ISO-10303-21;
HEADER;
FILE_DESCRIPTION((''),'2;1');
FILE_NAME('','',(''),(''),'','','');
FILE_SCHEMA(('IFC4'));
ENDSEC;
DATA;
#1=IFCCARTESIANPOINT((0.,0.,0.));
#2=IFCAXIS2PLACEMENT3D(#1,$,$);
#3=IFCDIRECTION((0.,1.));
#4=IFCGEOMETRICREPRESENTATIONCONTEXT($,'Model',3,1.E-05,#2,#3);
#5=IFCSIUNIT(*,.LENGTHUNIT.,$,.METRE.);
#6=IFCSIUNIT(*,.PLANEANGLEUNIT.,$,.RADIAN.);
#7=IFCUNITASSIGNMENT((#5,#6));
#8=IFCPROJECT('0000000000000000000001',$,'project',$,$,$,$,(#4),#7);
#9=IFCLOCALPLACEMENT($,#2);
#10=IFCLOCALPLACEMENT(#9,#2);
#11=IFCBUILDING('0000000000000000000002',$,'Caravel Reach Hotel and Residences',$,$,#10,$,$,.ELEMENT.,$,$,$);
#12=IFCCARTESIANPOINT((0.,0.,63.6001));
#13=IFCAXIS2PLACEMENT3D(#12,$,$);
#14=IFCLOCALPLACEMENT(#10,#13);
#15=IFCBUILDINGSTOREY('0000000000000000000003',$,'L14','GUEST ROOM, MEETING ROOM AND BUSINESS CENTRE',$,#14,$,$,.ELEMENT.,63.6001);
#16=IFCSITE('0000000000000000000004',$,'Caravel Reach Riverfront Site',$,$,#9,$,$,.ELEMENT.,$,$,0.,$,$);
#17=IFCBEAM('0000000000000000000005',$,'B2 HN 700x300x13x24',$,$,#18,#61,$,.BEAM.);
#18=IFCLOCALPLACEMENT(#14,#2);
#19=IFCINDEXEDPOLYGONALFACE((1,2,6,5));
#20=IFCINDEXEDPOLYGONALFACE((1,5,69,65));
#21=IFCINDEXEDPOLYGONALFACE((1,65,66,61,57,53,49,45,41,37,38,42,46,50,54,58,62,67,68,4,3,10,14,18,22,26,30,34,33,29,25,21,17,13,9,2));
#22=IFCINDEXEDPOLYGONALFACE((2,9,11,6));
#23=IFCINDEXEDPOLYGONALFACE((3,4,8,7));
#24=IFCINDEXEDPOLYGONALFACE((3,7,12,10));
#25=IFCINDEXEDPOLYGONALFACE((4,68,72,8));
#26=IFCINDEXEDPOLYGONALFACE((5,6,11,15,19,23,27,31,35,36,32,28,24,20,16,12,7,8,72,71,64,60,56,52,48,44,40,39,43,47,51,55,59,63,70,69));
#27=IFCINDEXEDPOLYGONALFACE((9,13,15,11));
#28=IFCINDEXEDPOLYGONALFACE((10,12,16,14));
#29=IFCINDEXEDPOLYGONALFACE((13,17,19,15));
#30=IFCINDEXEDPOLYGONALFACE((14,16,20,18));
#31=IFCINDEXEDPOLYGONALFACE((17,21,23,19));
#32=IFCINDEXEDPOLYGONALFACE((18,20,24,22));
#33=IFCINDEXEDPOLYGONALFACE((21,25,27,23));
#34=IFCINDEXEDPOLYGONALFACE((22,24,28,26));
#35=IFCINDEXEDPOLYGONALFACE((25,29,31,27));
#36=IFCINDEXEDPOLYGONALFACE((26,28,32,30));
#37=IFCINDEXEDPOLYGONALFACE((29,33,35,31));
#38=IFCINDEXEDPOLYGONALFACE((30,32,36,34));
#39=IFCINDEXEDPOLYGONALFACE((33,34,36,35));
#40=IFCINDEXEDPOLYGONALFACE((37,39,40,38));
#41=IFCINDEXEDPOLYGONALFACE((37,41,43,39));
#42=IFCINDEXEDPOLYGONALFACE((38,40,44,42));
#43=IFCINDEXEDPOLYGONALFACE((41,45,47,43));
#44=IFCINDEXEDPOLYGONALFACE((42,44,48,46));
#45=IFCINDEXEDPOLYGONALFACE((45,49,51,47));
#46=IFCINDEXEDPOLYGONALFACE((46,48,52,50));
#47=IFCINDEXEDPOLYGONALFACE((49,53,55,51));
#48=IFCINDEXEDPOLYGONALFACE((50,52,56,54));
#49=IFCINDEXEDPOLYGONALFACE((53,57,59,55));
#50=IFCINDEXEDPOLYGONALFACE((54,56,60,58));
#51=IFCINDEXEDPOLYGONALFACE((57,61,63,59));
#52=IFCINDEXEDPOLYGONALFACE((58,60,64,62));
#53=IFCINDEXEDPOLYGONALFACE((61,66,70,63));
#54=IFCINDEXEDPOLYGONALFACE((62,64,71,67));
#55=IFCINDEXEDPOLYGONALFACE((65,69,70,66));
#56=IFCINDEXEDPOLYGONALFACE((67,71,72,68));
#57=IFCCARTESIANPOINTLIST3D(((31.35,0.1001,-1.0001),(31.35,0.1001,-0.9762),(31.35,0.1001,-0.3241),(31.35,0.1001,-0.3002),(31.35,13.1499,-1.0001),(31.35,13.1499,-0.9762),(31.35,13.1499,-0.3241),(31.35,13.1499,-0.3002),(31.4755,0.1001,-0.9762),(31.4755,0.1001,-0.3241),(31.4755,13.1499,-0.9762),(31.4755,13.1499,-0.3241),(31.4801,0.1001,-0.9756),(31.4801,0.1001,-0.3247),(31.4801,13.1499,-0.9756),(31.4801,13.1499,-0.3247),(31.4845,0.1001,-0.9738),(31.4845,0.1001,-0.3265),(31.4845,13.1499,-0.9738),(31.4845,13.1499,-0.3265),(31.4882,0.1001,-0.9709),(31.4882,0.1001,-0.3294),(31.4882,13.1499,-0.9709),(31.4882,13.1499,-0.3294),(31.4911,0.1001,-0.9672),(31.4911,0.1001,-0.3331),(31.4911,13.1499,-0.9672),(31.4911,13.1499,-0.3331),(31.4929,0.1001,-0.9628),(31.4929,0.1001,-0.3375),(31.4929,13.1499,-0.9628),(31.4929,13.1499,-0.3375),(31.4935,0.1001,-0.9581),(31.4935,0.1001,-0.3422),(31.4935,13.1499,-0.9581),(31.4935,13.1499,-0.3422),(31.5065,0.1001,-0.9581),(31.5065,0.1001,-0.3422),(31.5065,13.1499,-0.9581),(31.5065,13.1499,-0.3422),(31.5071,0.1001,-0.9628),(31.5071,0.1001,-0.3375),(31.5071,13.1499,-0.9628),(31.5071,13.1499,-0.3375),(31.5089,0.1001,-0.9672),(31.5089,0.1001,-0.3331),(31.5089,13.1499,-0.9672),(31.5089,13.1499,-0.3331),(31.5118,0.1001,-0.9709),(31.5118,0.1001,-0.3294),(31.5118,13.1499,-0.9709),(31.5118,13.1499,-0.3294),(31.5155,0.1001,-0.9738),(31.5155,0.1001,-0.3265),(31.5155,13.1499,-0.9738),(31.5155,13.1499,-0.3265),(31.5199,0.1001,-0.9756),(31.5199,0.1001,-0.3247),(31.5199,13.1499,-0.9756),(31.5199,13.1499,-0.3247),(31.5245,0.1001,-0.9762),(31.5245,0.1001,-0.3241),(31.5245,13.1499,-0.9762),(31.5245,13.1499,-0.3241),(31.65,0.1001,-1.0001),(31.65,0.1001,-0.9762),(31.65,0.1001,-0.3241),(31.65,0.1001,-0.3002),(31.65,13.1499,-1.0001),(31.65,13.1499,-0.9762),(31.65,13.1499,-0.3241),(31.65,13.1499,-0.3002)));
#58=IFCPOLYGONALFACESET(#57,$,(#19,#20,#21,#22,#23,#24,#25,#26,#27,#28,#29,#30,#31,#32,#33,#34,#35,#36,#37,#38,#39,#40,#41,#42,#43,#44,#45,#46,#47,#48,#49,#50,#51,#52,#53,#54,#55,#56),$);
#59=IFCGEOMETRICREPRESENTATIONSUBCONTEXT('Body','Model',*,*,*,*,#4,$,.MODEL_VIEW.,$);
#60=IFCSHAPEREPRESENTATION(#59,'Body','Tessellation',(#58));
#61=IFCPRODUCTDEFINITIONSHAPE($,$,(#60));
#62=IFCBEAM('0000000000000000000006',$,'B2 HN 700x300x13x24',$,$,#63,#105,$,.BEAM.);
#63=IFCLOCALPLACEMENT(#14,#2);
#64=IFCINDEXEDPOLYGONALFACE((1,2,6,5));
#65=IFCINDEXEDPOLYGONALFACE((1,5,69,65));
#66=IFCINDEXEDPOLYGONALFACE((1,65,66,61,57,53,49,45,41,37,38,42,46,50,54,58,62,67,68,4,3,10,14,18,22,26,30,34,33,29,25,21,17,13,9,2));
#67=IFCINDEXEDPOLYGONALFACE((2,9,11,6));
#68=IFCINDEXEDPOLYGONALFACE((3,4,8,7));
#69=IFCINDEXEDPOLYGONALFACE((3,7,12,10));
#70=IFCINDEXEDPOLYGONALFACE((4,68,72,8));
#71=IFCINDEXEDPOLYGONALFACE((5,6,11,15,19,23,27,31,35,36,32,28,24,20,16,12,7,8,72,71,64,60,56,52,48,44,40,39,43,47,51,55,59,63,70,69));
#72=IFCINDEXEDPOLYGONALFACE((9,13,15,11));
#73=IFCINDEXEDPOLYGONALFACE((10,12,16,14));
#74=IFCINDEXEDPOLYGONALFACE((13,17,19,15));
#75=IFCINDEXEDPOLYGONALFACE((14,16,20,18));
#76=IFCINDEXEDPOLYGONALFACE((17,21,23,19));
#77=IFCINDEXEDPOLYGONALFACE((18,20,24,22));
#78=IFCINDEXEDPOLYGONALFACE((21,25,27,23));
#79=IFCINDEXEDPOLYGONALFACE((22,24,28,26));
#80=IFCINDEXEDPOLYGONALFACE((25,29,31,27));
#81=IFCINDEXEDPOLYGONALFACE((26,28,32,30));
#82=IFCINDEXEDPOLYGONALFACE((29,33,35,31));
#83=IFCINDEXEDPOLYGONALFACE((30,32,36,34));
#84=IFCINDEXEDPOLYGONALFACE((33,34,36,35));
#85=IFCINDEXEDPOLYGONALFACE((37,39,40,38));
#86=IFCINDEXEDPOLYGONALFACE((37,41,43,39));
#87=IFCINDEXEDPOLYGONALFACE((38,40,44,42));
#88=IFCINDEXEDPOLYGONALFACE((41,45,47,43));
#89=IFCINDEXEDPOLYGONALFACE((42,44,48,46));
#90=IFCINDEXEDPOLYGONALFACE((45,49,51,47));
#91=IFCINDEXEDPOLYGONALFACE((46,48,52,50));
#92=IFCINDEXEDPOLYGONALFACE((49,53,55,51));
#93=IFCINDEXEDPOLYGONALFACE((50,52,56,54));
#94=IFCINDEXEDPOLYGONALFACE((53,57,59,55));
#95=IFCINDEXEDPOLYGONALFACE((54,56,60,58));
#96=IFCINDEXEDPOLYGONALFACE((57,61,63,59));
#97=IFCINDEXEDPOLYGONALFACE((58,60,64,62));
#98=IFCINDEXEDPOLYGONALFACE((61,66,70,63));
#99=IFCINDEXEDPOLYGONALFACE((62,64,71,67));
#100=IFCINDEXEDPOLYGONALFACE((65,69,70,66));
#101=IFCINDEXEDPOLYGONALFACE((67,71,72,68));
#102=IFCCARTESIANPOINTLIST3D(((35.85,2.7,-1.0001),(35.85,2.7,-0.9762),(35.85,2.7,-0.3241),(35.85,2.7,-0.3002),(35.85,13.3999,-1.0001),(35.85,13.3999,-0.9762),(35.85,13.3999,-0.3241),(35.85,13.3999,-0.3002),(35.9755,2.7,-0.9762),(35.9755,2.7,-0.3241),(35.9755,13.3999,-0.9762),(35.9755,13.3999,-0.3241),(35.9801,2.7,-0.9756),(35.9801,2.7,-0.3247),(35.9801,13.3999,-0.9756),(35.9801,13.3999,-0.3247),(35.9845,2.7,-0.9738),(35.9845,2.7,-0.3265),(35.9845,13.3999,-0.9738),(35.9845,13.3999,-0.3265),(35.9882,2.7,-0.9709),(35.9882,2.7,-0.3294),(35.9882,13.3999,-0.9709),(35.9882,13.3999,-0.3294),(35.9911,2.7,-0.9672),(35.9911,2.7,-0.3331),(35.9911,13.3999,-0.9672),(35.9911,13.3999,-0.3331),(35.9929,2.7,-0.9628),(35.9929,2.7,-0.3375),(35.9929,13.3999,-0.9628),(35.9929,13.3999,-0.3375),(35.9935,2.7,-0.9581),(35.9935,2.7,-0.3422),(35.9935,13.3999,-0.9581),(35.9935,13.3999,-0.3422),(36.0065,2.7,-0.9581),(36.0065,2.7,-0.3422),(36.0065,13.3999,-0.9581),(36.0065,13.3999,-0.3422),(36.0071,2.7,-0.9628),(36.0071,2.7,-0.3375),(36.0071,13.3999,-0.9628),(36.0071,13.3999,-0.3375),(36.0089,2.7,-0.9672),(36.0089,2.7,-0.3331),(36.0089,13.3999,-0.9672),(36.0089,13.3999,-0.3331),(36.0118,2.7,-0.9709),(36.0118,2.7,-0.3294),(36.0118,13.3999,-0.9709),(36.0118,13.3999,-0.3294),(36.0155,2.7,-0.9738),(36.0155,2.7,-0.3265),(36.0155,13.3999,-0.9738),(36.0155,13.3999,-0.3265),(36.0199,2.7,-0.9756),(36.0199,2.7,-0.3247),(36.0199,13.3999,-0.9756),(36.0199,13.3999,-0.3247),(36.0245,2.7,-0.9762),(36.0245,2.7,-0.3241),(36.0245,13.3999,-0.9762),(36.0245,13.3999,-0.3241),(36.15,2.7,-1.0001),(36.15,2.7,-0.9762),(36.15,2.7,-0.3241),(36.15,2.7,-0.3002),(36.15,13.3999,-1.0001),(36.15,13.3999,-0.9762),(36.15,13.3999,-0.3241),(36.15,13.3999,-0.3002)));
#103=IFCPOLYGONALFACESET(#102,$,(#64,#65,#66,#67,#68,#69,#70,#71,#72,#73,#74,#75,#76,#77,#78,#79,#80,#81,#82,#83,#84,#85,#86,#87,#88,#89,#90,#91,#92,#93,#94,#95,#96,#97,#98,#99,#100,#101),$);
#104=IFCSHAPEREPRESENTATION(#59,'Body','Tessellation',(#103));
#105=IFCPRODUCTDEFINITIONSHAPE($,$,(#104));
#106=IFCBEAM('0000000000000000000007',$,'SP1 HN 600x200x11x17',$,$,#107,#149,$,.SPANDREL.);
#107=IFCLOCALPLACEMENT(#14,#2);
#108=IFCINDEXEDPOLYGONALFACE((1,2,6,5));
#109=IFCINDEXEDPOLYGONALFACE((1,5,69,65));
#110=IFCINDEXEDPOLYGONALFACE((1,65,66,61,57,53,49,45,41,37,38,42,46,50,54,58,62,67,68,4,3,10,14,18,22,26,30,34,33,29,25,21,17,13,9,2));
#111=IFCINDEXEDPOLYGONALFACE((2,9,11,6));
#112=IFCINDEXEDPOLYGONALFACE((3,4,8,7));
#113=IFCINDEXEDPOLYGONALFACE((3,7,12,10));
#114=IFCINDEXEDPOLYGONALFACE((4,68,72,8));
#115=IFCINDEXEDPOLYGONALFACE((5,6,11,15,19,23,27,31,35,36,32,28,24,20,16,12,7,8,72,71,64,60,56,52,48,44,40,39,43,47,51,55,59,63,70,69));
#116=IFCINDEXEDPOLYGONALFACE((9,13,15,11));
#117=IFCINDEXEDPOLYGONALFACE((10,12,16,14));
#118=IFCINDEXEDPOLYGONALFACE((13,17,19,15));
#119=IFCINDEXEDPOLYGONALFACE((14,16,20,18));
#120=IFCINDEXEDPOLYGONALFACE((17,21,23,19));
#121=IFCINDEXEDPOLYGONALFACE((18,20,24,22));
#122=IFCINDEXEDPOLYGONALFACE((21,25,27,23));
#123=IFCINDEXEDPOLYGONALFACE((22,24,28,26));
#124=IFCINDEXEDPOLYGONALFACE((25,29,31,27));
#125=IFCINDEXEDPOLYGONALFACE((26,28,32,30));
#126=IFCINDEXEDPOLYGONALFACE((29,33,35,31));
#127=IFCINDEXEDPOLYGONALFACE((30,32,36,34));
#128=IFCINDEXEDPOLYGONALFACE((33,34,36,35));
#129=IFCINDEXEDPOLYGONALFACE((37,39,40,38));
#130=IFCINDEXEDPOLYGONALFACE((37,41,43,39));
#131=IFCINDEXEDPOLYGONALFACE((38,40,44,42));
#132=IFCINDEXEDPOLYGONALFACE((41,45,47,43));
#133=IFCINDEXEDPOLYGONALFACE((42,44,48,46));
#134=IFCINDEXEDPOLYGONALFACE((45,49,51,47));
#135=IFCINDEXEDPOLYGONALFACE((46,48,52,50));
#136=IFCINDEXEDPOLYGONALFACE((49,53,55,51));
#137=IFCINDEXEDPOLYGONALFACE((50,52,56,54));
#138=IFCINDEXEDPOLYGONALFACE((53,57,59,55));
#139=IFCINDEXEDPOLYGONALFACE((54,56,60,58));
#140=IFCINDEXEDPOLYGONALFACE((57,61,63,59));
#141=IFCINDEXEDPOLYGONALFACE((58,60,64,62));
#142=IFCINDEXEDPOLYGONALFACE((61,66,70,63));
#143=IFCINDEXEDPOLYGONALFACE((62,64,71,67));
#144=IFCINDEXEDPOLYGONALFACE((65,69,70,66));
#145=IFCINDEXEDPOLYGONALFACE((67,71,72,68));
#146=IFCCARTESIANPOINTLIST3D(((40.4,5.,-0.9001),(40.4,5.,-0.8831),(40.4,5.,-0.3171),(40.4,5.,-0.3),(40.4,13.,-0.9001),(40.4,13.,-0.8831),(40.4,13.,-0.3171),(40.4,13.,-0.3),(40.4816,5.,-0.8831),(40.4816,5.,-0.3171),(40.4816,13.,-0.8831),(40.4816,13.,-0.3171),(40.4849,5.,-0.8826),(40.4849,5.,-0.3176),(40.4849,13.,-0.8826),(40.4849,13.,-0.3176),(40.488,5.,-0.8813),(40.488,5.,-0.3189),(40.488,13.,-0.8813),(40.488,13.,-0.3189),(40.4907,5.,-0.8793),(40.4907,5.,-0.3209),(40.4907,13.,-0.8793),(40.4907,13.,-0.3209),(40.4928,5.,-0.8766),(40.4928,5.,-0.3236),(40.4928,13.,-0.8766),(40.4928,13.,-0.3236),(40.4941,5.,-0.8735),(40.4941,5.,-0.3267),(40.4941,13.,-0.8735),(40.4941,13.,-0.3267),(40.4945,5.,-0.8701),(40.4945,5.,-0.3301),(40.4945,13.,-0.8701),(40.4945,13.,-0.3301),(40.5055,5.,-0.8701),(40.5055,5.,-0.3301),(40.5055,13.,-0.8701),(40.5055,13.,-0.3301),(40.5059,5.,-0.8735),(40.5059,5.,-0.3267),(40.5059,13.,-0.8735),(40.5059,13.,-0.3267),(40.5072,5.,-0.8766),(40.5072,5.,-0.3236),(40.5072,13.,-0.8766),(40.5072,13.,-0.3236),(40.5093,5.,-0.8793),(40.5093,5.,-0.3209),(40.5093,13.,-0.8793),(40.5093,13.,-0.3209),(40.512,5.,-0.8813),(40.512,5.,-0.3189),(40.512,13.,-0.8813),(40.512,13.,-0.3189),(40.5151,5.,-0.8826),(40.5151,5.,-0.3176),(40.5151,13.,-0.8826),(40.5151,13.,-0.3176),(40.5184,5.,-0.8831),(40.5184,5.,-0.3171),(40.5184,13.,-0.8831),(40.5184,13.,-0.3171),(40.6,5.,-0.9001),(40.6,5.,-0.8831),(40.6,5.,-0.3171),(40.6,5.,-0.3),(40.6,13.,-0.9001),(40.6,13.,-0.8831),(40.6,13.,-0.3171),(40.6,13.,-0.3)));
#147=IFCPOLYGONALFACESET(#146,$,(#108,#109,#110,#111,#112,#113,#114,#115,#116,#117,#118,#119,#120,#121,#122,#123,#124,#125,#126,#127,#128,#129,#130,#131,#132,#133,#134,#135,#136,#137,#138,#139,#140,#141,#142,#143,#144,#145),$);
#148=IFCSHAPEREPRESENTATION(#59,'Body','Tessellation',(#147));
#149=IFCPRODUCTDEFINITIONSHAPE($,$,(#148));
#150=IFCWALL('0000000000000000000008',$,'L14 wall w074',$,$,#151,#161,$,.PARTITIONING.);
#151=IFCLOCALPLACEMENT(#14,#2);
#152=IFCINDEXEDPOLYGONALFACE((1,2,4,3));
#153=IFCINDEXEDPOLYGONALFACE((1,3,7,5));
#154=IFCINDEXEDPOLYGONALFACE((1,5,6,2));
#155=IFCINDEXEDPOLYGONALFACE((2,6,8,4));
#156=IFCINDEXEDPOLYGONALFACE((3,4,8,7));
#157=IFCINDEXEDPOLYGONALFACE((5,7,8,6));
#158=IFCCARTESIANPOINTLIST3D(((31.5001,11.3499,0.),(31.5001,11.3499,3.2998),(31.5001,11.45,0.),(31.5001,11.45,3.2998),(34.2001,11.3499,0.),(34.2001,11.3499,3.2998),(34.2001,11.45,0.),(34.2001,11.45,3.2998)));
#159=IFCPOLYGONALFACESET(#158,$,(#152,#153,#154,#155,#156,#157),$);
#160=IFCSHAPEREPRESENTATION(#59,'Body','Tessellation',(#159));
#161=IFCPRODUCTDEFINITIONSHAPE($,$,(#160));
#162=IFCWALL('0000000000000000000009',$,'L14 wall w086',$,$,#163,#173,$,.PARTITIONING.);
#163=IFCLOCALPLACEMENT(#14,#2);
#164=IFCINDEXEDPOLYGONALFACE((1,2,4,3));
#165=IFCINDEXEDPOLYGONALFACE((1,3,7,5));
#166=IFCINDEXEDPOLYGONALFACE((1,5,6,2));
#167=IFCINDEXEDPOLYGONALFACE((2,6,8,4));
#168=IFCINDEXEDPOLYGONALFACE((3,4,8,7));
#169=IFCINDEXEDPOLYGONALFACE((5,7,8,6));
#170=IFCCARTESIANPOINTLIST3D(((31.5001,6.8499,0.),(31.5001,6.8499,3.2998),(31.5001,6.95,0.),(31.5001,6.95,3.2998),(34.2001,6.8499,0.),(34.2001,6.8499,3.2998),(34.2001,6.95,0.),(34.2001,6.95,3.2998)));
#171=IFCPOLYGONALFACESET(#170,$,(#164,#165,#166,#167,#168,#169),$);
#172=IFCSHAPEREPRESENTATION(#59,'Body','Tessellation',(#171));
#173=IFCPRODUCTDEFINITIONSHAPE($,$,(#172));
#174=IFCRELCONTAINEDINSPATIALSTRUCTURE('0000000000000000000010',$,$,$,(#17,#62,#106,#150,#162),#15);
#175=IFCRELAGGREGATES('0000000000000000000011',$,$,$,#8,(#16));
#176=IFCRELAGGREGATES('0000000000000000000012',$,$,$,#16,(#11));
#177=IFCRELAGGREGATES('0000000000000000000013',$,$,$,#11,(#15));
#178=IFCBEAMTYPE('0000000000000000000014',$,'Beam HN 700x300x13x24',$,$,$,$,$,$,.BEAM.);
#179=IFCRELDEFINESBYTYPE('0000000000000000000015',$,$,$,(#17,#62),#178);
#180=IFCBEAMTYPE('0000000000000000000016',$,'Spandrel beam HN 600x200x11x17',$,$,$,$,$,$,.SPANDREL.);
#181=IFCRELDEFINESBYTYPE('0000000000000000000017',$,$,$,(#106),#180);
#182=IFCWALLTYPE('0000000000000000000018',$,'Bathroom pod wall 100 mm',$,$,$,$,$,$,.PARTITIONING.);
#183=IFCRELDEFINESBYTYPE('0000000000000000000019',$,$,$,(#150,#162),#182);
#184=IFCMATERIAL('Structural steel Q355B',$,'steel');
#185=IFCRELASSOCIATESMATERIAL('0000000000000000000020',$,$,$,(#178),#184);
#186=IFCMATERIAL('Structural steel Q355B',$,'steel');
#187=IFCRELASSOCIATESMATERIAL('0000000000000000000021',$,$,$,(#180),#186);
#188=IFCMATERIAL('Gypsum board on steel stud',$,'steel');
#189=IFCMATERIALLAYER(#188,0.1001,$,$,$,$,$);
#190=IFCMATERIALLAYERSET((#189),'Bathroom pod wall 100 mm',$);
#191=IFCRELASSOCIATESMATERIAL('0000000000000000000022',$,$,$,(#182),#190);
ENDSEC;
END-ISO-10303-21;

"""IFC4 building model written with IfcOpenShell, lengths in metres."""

from ifc_helpers import new_model, si_unit, direction, frame, frame_2d, origin, origin_2d, place, context, subcontext, project, spatial, rectangle, i_section, extrude, material, layer, layer_set, material_profile, profile_set, type_object, element, save


model = new_model("IFC4")

# Units and contexts
model_context = context("Model", 3, precision=1e-05, world=origin(), true_north=direction((0.0, 1.0)))
body_context = subcontext(model_context, "Body", "Model", "MODEL_VIEW")
ifc_project = project(units=[si_unit("LENGTHUNIT", "METRE"), si_unit("PLANEANGLEUNIT", "RADIAN")], contexts=[model_context])

# Site, building, storey
site_placement = place(None, origin())
site = spatial("IfcSite", under=ifc_project, at=site_placement, Name="Caravel Reach Riverfront Site", CompositionType="ELEMENT", RefElevation=0.0)
building_placement = place(site_placement, origin())
building = spatial("IfcBuilding", under=site, at=building_placement, Name="Caravel Reach Hotel and Residences", CompositionType="ELEMENT")
storey_placement = place(building_placement, frame((0.0, 0.0, 63.6001)))
storey = spatial("IfcBuildingStorey", under=building, at=storey_placement, Name="L14", Description="GUEST ROOM, MEETING ROOM AND BUSINESS CENTRE", CompositionType="ELEMENT", Elevation=63.6001)

# Beams
ifc_material_1 = material(Name="Structural steel Q355B", Category="steel")
ifc_material_profile_1 = material_profile(ifc_material_1, i_section(OverallWidth=0.3, OverallDepth=0.7, WebThickness=0.0129, FlangeThickness=0.0239, FilletRadius=0.0181, at=origin_2d()), Name="HN 700x300x13x24")
ifc_profile_set_1 = profile_set([ifc_material_profile_1], Name="Structural steel Q355B")
beam_type_1 = type_object("IfcBeamType", Name="Beam HN 700x300x13x24", PredefinedType="BEAM", material=ifc_profile_set_1)
beam_1_placement = place(storey_placement, frame((31.5, 13.1499, -0.6501), z_axis=(0.0, -1.0, 0.0), x_axis=(1.0, 0.0, 0.0)))
element("IfcBeam", 1, at=beam_1_placement, inside=storey, type_object=beam_type_1, Name="B2 HN 700x300x13x24", PredefinedType="BEAM", context=body_context, shape_type="SweptSolid", body=[
    extrude(i_section(OverallWidth=0.3, OverallDepth=0.7, WebThickness=0.0129, FlangeThickness=0.0239, FilletRadius=0.0181, at=origin_2d()), origin(), (0.0, 0.0, 1.0), 13.0498),
])
beam_2_placement = place(storey_placement, frame((36.0, 13.3999, -0.6501), z_axis=(0.0, -1.0, 0.0), x_axis=(1.0, 0.0, 0.0)))
element("IfcBeam", 2, at=beam_2_placement, inside=storey, type_object=beam_type_1, Name="B2 HN 700x300x13x24", PredefinedType="BEAM", context=body_context, shape_type="SweptSolid", body=[
    extrude(i_section(OverallWidth=0.3, OverallDepth=0.7, WebThickness=0.0129, FlangeThickness=0.0239, FilletRadius=0.0181, at=origin_2d()), origin(), (0.0, 0.0, 1.0), 10.7),
])
ifc_material_2 = material(Name="Structural steel Q355B", Category="steel")
ifc_material_profile_2 = material_profile(ifc_material_2, i_section(OverallWidth=0.2, OverallDepth=0.6001, WebThickness=0.011, FlangeThickness=0.0171, FilletRadius=0.0129, at=origin_2d()), Name="HN 600x200x11x17")
ifc_profile_set_2 = profile_set([ifc_material_profile_2], Name="Structural steel Q355B")
beam_type_2 = type_object("IfcBeamType", Name="Spandrel beam HN 600x200x11x17", PredefinedType="SPANDREL", material=ifc_profile_set_2)
beam_3_placement = place(storey_placement, frame((40.5, 5.0, -0.6001), z_axis=(0.0, 1.0, 0.0), x_axis=(-1.0, 0.0, 0.0)))
element("IfcBeam", 3, at=beam_3_placement, inside=storey, type_object=beam_type_2, Name="SP1 HN 600x200x11x17", PredefinedType="SPANDREL", context=body_context, shape_type="SweptSolid", body=[
    extrude(i_section(OverallWidth=0.2, OverallDepth=0.6001, WebThickness=0.011, FlangeThickness=0.0171, FilletRadius=0.0129, at=origin_2d()), origin(), (0.0, 0.0, 1.0), 8.0),
])

# Walls
ifc_material_3 = material(Name="Gypsum board on steel stud", Category="steel")
ifc_layer_1 = layer(ifc_material_3, 0.1001)
ifc_layer_set_1 = layer_set([ifc_layer_1], Name="Bathroom pod wall 100 mm")
wall_type_1 = type_object("IfcWallType", Name="Bathroom pod wall 100 mm", PredefinedType="PARTITIONING", material=ifc_layer_set_1)
for number, where, z_axis, x_axis, name in (
    (4, (31.5, 11.3999, 0.0), (0.0, 0.0, 1.0), (1.0, 0.0, 0.0), "L14 wall w074"),
    (5, (31.5, 6.8999, 0.0), (0.0, 0.0, 1.0), (1.0, 0.0, 0.0), "L14 wall w086"),
):
    element("IfcWall", number, at=place(storey_placement, frame(where, z_axis=z_axis, x_axis=x_axis)), inside=storey, type_object=wall_type_1, Name=name, PredefinedType="PARTITIONING", context=body_context, shape_type="SweptSolid", body=[
        extrude(rectangle(XDim=2.7, YDim=0.1001, at=frame_2d((1.3501, 0.0))), origin(), (0.0, 0.0, 1.0), 3.2998),
    ])

save(model, "model.ifc")
